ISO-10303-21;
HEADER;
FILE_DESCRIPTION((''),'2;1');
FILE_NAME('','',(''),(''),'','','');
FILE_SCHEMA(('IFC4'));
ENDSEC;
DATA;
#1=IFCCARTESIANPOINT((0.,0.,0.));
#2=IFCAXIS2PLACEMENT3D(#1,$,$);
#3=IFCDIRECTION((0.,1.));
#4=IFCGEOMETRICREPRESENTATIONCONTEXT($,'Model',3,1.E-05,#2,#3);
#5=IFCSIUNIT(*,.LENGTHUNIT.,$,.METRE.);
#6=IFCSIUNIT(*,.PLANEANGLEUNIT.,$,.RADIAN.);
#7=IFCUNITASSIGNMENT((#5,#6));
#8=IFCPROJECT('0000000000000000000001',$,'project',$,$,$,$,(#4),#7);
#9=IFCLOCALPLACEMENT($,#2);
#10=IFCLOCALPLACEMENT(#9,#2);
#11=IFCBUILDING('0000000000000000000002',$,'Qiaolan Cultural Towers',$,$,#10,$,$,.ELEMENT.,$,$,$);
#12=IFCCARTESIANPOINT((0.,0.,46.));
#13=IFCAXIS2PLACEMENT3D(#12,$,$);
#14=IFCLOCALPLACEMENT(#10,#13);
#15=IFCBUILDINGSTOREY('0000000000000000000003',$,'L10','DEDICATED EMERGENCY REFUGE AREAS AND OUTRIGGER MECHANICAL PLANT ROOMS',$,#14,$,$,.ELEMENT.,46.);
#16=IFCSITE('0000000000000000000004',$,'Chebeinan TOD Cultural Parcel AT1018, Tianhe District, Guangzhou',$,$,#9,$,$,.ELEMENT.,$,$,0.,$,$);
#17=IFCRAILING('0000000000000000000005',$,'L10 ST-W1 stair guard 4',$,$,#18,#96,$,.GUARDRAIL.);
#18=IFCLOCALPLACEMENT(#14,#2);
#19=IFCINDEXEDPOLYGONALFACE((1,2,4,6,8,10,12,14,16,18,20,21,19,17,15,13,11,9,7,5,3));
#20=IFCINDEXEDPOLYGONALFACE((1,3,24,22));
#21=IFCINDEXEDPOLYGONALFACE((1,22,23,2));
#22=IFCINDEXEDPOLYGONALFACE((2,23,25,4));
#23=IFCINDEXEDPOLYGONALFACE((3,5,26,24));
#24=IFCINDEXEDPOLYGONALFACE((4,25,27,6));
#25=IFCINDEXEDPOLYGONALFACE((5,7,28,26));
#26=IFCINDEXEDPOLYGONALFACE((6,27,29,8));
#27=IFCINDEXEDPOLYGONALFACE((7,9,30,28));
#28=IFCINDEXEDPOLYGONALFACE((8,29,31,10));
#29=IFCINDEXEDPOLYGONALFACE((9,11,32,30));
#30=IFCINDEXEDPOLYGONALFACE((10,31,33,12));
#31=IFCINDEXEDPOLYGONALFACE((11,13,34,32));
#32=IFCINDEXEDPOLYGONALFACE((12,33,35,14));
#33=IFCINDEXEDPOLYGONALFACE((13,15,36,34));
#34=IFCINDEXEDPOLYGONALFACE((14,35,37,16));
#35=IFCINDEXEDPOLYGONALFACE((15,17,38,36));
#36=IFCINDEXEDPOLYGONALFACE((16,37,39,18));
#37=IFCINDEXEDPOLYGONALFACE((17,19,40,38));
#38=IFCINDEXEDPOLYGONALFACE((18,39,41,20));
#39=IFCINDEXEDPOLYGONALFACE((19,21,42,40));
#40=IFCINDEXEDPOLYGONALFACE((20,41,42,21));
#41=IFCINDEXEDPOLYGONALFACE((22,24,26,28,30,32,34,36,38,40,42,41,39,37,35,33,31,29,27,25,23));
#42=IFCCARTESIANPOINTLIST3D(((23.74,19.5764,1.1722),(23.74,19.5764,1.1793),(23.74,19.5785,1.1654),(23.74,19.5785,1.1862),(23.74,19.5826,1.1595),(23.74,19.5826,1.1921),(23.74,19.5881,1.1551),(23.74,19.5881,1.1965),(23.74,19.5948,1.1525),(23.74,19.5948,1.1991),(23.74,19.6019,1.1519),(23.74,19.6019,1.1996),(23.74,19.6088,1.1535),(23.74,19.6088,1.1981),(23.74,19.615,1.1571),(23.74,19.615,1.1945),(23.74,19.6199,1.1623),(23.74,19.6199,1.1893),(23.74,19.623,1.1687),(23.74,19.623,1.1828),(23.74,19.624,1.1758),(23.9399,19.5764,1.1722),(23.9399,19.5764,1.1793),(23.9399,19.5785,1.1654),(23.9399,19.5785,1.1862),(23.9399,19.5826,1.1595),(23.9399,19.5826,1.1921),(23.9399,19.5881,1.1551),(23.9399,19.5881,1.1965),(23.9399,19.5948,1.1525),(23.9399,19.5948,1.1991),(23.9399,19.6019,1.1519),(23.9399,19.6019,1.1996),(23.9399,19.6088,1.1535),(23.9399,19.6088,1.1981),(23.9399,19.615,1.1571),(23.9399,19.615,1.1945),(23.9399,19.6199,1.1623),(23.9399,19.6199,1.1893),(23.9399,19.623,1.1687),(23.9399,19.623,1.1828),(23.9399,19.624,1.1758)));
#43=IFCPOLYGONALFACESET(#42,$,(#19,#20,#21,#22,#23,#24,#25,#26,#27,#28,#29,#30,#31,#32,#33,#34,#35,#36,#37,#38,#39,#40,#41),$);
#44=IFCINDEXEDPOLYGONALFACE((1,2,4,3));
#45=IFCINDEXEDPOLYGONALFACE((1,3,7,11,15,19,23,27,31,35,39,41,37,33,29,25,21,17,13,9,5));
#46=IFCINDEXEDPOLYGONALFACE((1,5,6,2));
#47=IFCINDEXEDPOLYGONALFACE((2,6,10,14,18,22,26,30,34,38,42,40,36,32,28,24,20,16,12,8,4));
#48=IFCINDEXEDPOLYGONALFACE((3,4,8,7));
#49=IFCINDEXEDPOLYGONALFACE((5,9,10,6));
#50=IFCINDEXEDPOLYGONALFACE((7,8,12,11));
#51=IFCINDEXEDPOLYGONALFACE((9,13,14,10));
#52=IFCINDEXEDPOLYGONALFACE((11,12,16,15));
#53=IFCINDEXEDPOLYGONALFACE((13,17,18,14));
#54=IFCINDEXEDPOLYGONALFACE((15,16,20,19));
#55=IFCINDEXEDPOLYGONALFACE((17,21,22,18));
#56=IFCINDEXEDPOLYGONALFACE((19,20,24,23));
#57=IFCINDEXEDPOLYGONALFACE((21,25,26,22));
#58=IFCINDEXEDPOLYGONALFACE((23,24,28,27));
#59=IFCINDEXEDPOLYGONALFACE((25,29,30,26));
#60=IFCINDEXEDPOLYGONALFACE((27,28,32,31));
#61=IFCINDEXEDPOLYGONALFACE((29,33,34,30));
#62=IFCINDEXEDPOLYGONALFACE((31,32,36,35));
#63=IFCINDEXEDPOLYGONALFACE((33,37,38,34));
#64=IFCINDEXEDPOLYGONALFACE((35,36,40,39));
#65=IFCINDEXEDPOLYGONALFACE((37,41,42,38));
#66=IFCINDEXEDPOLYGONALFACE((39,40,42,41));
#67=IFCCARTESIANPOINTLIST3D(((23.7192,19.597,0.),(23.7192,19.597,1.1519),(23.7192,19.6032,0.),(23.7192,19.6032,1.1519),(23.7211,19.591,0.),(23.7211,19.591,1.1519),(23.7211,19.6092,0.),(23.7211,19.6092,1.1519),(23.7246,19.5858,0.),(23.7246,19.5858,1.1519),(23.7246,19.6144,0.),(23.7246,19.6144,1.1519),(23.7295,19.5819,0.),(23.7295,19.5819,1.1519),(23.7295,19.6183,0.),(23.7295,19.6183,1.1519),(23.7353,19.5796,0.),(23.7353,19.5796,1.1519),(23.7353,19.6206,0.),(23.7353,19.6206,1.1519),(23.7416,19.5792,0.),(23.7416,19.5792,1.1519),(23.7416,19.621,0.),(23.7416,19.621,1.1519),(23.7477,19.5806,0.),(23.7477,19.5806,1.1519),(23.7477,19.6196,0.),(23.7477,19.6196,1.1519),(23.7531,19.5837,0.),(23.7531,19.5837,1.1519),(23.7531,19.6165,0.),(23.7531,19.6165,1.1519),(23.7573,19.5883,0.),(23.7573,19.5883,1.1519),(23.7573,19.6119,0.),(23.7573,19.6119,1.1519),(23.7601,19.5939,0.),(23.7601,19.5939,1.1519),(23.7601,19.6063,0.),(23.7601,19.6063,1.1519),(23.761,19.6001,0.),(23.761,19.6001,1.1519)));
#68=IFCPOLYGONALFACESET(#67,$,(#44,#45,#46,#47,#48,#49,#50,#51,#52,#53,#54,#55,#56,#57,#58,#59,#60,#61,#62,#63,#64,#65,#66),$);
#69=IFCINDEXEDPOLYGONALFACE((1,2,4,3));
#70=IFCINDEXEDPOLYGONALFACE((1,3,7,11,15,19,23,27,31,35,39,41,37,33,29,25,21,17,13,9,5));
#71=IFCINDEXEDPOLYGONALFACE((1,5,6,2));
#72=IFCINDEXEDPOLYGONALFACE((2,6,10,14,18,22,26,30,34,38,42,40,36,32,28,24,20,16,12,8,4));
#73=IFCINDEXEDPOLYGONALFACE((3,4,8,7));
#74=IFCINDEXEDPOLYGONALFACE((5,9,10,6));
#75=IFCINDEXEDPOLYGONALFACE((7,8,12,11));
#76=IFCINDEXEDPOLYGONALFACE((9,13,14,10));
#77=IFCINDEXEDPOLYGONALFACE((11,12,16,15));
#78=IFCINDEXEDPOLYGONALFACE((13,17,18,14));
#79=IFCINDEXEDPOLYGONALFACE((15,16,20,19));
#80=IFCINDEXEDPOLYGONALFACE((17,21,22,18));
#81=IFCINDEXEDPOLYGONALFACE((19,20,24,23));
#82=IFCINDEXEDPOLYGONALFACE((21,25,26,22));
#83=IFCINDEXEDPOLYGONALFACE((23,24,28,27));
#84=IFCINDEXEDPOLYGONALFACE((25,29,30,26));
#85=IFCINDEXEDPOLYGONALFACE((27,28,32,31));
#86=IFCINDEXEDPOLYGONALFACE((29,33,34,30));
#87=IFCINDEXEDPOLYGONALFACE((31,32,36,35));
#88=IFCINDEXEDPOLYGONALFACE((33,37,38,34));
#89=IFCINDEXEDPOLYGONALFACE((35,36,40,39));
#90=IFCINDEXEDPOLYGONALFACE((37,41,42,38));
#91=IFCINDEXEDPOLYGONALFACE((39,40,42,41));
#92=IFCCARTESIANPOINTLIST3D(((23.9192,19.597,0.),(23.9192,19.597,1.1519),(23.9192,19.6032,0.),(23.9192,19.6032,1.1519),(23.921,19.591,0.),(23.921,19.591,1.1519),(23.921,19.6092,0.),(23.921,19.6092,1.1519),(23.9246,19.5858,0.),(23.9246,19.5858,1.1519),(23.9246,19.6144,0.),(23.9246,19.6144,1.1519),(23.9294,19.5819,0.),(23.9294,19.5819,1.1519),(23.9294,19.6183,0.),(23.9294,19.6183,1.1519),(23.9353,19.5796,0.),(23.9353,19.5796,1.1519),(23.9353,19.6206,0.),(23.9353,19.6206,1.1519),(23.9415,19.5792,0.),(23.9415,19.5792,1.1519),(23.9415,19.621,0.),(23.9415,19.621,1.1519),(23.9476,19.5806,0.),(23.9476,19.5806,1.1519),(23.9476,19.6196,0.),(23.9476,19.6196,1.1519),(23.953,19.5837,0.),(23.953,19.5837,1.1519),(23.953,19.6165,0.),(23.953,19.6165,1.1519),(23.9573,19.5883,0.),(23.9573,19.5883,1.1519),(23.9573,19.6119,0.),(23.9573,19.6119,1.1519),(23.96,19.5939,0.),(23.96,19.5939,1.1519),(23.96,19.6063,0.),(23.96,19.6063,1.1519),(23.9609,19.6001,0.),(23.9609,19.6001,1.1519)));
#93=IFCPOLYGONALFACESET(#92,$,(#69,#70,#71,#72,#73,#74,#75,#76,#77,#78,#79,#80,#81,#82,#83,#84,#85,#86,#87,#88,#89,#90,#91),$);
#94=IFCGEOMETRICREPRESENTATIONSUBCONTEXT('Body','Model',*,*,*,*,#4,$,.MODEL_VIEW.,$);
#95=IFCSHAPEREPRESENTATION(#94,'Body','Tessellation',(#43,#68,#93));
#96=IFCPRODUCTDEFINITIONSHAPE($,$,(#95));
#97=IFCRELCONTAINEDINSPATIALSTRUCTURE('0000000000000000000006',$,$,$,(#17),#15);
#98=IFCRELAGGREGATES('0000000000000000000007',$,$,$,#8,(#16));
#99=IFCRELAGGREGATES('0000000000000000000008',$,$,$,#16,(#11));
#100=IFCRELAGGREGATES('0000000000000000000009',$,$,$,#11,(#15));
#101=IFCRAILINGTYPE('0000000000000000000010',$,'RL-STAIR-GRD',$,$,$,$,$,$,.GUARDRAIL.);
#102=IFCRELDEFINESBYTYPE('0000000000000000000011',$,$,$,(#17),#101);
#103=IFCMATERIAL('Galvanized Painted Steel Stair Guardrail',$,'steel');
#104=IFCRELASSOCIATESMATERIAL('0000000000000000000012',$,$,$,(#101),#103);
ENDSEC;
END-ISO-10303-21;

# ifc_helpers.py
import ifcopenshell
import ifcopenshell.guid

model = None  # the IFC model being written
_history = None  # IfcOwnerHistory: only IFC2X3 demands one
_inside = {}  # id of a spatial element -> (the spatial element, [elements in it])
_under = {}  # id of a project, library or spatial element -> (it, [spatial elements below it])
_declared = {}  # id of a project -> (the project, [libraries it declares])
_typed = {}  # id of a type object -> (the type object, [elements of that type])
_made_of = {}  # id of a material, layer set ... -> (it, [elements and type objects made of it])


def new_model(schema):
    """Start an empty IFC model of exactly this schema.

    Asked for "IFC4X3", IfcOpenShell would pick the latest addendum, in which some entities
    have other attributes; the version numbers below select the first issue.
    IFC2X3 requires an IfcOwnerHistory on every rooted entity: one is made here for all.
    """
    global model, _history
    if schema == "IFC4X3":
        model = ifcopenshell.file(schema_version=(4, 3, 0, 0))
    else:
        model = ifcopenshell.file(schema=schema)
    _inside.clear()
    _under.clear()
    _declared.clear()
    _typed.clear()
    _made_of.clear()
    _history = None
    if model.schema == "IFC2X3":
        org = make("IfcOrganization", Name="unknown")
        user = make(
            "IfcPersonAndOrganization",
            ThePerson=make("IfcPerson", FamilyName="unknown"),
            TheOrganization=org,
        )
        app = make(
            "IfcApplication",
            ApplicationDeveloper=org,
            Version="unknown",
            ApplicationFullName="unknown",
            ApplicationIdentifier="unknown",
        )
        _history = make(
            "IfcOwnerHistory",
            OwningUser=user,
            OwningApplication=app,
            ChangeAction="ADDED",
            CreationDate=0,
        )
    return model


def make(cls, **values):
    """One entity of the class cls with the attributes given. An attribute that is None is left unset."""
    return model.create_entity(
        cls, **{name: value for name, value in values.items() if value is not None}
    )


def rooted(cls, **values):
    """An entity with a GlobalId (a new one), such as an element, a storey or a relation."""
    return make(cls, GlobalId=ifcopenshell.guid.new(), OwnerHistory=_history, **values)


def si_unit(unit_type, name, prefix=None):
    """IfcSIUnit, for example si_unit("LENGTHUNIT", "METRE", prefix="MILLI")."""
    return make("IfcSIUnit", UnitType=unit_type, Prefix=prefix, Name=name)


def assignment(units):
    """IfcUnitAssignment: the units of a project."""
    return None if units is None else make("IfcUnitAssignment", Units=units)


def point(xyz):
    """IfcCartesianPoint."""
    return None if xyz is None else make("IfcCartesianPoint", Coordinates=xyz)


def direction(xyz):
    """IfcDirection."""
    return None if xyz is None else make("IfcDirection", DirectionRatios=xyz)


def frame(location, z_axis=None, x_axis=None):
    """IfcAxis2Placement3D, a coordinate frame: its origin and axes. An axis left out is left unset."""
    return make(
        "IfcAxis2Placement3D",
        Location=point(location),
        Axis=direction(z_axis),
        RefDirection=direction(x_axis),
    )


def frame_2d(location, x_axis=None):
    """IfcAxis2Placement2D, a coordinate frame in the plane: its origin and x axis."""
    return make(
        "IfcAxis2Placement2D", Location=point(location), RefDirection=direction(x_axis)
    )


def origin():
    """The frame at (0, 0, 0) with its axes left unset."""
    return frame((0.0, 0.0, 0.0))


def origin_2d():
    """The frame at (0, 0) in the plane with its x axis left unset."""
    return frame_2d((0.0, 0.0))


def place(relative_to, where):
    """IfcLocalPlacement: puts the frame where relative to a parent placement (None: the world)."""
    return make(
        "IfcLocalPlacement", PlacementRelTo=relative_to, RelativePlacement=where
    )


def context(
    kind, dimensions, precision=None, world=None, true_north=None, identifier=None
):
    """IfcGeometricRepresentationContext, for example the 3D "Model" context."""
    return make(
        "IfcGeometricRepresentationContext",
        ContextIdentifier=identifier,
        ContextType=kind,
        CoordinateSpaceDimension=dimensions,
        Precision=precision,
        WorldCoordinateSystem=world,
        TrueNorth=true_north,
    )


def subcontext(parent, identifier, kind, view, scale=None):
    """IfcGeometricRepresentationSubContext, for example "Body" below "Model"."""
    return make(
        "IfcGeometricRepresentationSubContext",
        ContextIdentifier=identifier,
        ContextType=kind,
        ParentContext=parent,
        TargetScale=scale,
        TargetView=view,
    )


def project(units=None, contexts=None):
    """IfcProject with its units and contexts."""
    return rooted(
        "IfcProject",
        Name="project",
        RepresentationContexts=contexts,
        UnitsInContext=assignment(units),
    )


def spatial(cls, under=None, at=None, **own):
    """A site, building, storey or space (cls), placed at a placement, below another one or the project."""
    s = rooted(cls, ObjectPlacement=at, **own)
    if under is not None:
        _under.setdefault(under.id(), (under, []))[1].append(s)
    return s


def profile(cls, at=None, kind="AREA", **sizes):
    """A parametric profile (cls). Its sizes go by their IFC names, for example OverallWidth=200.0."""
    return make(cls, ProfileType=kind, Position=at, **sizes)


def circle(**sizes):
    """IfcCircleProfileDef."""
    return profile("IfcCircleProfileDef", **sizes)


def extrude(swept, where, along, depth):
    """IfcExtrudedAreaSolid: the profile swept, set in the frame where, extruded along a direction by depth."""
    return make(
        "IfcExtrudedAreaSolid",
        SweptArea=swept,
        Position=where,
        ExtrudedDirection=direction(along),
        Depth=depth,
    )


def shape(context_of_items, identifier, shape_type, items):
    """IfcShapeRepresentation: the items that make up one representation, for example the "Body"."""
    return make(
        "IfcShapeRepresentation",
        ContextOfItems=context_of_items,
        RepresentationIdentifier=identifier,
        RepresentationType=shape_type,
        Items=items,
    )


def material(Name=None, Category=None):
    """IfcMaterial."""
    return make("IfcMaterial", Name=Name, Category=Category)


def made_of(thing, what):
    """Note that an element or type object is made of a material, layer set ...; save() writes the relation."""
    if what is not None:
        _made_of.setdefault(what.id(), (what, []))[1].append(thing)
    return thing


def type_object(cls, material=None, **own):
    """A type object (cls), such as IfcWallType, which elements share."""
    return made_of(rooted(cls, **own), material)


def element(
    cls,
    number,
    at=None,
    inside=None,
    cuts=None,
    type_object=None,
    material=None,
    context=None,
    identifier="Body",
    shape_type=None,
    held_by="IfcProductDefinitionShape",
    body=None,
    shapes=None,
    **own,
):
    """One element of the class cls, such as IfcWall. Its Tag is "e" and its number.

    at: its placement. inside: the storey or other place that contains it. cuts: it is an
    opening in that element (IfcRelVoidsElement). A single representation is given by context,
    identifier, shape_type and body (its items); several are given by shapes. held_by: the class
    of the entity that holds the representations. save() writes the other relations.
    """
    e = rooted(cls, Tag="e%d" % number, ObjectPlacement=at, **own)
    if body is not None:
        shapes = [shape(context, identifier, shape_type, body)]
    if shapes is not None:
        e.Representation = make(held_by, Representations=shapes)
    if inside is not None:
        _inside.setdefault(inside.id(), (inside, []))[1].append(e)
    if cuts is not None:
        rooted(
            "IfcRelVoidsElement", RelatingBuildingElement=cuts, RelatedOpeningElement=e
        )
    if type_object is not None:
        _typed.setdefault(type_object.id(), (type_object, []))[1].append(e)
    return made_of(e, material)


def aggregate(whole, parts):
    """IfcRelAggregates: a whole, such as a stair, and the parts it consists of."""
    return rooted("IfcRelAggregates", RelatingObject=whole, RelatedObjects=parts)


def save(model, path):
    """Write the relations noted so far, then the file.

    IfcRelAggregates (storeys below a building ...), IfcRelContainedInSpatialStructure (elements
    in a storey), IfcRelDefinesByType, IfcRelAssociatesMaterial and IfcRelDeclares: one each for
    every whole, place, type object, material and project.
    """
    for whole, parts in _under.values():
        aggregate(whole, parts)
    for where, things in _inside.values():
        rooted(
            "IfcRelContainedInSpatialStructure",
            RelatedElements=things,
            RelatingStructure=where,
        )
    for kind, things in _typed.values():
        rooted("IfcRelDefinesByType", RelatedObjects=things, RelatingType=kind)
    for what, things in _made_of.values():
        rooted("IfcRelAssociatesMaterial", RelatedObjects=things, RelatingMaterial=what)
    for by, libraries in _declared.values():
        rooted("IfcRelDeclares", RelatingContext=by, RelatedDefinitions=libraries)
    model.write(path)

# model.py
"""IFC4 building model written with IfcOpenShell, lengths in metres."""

from ifc_helpers import new_model, si_unit, direction, frame, origin, origin_2d, place, context, subcontext, project, spatial, circle, extrude, material, type_object, element, save


model = new_model("IFC4")

# Units and contexts
model_context = context("Model", 3, precision=1e-05, world=origin(), true_north=direction((0.0, 1.0)))
body_context = subcontext(model_context, "Body", "Model", "MODEL_VIEW")
ifc_project = project(units=[si_unit("LENGTHUNIT", "METRE"), si_unit("PLANEANGLEUNIT", "RADIAN")], contexts=[model_context])

# Site, building, storey
site_placement = place(None, origin())
site = spatial("IfcSite", under=ifc_project, at=site_placement, Name="Chebeinan TOD Cultural Parcel AT1018, Tianhe District, Guangzhou", CompositionType="ELEMENT", RefElevation=0.0)
building_placement = place(site_placement, origin())
building = spatial("IfcBuilding", under=site, at=building_placement, Name="Qiaolan Cultural Towers", CompositionType="ELEMENT")
storey_placement = place(building_placement, frame((0.0, 0.0, 46.0)))
storey = spatial("IfcBuildingStorey", under=building, at=storey_placement, Name="L10", Description="DEDICATED EMERGENCY REFUGE AREAS AND OUTRIGGER MECHANICAL PLANT ROOMS", CompositionType="ELEMENT", Elevation=46.0)

# Railing
ifc_material_1 = material(Name="Galvanized Painted Steel Stair Guardrail", Category="steel")
railing_type = type_object("IfcRailingType", Name="RL-STAIR-GRD", PredefinedType="GUARDRAIL", material=ifc_material_1)
railing_1_placement = place(storey_placement, frame((23.74, 19.6001, 0.0)))
element("IfcRailing", 1, at=railing_1_placement, inside=storey, type_object=railing_type, Name="L10 ST-W1 stair guard 4", PredefinedType="GUARDRAIL", context=body_context, shape_type="SweptSolid", body=[
    extrude(circle(Radius=0.0239, at=origin_2d()), frame((0.0, 0.0, 1.1758), z_axis=(1.0, 0.0, 0.0), x_axis=(0.0, 1.0, 0.0)), (0.0, 0.0, 1.0), 0.2),
    extrude(circle(Radius=0.021, at=origin_2d()), origin(), (0.0, 0.0, 1.0), 1.1519),
    extrude(circle(Radius=0.021, at=origin_2d()), frame((0.2, 0.0, 0.0)), (0.0, 0.0, 1.0), 1.1519),
])

save(model, "model.ifc")
